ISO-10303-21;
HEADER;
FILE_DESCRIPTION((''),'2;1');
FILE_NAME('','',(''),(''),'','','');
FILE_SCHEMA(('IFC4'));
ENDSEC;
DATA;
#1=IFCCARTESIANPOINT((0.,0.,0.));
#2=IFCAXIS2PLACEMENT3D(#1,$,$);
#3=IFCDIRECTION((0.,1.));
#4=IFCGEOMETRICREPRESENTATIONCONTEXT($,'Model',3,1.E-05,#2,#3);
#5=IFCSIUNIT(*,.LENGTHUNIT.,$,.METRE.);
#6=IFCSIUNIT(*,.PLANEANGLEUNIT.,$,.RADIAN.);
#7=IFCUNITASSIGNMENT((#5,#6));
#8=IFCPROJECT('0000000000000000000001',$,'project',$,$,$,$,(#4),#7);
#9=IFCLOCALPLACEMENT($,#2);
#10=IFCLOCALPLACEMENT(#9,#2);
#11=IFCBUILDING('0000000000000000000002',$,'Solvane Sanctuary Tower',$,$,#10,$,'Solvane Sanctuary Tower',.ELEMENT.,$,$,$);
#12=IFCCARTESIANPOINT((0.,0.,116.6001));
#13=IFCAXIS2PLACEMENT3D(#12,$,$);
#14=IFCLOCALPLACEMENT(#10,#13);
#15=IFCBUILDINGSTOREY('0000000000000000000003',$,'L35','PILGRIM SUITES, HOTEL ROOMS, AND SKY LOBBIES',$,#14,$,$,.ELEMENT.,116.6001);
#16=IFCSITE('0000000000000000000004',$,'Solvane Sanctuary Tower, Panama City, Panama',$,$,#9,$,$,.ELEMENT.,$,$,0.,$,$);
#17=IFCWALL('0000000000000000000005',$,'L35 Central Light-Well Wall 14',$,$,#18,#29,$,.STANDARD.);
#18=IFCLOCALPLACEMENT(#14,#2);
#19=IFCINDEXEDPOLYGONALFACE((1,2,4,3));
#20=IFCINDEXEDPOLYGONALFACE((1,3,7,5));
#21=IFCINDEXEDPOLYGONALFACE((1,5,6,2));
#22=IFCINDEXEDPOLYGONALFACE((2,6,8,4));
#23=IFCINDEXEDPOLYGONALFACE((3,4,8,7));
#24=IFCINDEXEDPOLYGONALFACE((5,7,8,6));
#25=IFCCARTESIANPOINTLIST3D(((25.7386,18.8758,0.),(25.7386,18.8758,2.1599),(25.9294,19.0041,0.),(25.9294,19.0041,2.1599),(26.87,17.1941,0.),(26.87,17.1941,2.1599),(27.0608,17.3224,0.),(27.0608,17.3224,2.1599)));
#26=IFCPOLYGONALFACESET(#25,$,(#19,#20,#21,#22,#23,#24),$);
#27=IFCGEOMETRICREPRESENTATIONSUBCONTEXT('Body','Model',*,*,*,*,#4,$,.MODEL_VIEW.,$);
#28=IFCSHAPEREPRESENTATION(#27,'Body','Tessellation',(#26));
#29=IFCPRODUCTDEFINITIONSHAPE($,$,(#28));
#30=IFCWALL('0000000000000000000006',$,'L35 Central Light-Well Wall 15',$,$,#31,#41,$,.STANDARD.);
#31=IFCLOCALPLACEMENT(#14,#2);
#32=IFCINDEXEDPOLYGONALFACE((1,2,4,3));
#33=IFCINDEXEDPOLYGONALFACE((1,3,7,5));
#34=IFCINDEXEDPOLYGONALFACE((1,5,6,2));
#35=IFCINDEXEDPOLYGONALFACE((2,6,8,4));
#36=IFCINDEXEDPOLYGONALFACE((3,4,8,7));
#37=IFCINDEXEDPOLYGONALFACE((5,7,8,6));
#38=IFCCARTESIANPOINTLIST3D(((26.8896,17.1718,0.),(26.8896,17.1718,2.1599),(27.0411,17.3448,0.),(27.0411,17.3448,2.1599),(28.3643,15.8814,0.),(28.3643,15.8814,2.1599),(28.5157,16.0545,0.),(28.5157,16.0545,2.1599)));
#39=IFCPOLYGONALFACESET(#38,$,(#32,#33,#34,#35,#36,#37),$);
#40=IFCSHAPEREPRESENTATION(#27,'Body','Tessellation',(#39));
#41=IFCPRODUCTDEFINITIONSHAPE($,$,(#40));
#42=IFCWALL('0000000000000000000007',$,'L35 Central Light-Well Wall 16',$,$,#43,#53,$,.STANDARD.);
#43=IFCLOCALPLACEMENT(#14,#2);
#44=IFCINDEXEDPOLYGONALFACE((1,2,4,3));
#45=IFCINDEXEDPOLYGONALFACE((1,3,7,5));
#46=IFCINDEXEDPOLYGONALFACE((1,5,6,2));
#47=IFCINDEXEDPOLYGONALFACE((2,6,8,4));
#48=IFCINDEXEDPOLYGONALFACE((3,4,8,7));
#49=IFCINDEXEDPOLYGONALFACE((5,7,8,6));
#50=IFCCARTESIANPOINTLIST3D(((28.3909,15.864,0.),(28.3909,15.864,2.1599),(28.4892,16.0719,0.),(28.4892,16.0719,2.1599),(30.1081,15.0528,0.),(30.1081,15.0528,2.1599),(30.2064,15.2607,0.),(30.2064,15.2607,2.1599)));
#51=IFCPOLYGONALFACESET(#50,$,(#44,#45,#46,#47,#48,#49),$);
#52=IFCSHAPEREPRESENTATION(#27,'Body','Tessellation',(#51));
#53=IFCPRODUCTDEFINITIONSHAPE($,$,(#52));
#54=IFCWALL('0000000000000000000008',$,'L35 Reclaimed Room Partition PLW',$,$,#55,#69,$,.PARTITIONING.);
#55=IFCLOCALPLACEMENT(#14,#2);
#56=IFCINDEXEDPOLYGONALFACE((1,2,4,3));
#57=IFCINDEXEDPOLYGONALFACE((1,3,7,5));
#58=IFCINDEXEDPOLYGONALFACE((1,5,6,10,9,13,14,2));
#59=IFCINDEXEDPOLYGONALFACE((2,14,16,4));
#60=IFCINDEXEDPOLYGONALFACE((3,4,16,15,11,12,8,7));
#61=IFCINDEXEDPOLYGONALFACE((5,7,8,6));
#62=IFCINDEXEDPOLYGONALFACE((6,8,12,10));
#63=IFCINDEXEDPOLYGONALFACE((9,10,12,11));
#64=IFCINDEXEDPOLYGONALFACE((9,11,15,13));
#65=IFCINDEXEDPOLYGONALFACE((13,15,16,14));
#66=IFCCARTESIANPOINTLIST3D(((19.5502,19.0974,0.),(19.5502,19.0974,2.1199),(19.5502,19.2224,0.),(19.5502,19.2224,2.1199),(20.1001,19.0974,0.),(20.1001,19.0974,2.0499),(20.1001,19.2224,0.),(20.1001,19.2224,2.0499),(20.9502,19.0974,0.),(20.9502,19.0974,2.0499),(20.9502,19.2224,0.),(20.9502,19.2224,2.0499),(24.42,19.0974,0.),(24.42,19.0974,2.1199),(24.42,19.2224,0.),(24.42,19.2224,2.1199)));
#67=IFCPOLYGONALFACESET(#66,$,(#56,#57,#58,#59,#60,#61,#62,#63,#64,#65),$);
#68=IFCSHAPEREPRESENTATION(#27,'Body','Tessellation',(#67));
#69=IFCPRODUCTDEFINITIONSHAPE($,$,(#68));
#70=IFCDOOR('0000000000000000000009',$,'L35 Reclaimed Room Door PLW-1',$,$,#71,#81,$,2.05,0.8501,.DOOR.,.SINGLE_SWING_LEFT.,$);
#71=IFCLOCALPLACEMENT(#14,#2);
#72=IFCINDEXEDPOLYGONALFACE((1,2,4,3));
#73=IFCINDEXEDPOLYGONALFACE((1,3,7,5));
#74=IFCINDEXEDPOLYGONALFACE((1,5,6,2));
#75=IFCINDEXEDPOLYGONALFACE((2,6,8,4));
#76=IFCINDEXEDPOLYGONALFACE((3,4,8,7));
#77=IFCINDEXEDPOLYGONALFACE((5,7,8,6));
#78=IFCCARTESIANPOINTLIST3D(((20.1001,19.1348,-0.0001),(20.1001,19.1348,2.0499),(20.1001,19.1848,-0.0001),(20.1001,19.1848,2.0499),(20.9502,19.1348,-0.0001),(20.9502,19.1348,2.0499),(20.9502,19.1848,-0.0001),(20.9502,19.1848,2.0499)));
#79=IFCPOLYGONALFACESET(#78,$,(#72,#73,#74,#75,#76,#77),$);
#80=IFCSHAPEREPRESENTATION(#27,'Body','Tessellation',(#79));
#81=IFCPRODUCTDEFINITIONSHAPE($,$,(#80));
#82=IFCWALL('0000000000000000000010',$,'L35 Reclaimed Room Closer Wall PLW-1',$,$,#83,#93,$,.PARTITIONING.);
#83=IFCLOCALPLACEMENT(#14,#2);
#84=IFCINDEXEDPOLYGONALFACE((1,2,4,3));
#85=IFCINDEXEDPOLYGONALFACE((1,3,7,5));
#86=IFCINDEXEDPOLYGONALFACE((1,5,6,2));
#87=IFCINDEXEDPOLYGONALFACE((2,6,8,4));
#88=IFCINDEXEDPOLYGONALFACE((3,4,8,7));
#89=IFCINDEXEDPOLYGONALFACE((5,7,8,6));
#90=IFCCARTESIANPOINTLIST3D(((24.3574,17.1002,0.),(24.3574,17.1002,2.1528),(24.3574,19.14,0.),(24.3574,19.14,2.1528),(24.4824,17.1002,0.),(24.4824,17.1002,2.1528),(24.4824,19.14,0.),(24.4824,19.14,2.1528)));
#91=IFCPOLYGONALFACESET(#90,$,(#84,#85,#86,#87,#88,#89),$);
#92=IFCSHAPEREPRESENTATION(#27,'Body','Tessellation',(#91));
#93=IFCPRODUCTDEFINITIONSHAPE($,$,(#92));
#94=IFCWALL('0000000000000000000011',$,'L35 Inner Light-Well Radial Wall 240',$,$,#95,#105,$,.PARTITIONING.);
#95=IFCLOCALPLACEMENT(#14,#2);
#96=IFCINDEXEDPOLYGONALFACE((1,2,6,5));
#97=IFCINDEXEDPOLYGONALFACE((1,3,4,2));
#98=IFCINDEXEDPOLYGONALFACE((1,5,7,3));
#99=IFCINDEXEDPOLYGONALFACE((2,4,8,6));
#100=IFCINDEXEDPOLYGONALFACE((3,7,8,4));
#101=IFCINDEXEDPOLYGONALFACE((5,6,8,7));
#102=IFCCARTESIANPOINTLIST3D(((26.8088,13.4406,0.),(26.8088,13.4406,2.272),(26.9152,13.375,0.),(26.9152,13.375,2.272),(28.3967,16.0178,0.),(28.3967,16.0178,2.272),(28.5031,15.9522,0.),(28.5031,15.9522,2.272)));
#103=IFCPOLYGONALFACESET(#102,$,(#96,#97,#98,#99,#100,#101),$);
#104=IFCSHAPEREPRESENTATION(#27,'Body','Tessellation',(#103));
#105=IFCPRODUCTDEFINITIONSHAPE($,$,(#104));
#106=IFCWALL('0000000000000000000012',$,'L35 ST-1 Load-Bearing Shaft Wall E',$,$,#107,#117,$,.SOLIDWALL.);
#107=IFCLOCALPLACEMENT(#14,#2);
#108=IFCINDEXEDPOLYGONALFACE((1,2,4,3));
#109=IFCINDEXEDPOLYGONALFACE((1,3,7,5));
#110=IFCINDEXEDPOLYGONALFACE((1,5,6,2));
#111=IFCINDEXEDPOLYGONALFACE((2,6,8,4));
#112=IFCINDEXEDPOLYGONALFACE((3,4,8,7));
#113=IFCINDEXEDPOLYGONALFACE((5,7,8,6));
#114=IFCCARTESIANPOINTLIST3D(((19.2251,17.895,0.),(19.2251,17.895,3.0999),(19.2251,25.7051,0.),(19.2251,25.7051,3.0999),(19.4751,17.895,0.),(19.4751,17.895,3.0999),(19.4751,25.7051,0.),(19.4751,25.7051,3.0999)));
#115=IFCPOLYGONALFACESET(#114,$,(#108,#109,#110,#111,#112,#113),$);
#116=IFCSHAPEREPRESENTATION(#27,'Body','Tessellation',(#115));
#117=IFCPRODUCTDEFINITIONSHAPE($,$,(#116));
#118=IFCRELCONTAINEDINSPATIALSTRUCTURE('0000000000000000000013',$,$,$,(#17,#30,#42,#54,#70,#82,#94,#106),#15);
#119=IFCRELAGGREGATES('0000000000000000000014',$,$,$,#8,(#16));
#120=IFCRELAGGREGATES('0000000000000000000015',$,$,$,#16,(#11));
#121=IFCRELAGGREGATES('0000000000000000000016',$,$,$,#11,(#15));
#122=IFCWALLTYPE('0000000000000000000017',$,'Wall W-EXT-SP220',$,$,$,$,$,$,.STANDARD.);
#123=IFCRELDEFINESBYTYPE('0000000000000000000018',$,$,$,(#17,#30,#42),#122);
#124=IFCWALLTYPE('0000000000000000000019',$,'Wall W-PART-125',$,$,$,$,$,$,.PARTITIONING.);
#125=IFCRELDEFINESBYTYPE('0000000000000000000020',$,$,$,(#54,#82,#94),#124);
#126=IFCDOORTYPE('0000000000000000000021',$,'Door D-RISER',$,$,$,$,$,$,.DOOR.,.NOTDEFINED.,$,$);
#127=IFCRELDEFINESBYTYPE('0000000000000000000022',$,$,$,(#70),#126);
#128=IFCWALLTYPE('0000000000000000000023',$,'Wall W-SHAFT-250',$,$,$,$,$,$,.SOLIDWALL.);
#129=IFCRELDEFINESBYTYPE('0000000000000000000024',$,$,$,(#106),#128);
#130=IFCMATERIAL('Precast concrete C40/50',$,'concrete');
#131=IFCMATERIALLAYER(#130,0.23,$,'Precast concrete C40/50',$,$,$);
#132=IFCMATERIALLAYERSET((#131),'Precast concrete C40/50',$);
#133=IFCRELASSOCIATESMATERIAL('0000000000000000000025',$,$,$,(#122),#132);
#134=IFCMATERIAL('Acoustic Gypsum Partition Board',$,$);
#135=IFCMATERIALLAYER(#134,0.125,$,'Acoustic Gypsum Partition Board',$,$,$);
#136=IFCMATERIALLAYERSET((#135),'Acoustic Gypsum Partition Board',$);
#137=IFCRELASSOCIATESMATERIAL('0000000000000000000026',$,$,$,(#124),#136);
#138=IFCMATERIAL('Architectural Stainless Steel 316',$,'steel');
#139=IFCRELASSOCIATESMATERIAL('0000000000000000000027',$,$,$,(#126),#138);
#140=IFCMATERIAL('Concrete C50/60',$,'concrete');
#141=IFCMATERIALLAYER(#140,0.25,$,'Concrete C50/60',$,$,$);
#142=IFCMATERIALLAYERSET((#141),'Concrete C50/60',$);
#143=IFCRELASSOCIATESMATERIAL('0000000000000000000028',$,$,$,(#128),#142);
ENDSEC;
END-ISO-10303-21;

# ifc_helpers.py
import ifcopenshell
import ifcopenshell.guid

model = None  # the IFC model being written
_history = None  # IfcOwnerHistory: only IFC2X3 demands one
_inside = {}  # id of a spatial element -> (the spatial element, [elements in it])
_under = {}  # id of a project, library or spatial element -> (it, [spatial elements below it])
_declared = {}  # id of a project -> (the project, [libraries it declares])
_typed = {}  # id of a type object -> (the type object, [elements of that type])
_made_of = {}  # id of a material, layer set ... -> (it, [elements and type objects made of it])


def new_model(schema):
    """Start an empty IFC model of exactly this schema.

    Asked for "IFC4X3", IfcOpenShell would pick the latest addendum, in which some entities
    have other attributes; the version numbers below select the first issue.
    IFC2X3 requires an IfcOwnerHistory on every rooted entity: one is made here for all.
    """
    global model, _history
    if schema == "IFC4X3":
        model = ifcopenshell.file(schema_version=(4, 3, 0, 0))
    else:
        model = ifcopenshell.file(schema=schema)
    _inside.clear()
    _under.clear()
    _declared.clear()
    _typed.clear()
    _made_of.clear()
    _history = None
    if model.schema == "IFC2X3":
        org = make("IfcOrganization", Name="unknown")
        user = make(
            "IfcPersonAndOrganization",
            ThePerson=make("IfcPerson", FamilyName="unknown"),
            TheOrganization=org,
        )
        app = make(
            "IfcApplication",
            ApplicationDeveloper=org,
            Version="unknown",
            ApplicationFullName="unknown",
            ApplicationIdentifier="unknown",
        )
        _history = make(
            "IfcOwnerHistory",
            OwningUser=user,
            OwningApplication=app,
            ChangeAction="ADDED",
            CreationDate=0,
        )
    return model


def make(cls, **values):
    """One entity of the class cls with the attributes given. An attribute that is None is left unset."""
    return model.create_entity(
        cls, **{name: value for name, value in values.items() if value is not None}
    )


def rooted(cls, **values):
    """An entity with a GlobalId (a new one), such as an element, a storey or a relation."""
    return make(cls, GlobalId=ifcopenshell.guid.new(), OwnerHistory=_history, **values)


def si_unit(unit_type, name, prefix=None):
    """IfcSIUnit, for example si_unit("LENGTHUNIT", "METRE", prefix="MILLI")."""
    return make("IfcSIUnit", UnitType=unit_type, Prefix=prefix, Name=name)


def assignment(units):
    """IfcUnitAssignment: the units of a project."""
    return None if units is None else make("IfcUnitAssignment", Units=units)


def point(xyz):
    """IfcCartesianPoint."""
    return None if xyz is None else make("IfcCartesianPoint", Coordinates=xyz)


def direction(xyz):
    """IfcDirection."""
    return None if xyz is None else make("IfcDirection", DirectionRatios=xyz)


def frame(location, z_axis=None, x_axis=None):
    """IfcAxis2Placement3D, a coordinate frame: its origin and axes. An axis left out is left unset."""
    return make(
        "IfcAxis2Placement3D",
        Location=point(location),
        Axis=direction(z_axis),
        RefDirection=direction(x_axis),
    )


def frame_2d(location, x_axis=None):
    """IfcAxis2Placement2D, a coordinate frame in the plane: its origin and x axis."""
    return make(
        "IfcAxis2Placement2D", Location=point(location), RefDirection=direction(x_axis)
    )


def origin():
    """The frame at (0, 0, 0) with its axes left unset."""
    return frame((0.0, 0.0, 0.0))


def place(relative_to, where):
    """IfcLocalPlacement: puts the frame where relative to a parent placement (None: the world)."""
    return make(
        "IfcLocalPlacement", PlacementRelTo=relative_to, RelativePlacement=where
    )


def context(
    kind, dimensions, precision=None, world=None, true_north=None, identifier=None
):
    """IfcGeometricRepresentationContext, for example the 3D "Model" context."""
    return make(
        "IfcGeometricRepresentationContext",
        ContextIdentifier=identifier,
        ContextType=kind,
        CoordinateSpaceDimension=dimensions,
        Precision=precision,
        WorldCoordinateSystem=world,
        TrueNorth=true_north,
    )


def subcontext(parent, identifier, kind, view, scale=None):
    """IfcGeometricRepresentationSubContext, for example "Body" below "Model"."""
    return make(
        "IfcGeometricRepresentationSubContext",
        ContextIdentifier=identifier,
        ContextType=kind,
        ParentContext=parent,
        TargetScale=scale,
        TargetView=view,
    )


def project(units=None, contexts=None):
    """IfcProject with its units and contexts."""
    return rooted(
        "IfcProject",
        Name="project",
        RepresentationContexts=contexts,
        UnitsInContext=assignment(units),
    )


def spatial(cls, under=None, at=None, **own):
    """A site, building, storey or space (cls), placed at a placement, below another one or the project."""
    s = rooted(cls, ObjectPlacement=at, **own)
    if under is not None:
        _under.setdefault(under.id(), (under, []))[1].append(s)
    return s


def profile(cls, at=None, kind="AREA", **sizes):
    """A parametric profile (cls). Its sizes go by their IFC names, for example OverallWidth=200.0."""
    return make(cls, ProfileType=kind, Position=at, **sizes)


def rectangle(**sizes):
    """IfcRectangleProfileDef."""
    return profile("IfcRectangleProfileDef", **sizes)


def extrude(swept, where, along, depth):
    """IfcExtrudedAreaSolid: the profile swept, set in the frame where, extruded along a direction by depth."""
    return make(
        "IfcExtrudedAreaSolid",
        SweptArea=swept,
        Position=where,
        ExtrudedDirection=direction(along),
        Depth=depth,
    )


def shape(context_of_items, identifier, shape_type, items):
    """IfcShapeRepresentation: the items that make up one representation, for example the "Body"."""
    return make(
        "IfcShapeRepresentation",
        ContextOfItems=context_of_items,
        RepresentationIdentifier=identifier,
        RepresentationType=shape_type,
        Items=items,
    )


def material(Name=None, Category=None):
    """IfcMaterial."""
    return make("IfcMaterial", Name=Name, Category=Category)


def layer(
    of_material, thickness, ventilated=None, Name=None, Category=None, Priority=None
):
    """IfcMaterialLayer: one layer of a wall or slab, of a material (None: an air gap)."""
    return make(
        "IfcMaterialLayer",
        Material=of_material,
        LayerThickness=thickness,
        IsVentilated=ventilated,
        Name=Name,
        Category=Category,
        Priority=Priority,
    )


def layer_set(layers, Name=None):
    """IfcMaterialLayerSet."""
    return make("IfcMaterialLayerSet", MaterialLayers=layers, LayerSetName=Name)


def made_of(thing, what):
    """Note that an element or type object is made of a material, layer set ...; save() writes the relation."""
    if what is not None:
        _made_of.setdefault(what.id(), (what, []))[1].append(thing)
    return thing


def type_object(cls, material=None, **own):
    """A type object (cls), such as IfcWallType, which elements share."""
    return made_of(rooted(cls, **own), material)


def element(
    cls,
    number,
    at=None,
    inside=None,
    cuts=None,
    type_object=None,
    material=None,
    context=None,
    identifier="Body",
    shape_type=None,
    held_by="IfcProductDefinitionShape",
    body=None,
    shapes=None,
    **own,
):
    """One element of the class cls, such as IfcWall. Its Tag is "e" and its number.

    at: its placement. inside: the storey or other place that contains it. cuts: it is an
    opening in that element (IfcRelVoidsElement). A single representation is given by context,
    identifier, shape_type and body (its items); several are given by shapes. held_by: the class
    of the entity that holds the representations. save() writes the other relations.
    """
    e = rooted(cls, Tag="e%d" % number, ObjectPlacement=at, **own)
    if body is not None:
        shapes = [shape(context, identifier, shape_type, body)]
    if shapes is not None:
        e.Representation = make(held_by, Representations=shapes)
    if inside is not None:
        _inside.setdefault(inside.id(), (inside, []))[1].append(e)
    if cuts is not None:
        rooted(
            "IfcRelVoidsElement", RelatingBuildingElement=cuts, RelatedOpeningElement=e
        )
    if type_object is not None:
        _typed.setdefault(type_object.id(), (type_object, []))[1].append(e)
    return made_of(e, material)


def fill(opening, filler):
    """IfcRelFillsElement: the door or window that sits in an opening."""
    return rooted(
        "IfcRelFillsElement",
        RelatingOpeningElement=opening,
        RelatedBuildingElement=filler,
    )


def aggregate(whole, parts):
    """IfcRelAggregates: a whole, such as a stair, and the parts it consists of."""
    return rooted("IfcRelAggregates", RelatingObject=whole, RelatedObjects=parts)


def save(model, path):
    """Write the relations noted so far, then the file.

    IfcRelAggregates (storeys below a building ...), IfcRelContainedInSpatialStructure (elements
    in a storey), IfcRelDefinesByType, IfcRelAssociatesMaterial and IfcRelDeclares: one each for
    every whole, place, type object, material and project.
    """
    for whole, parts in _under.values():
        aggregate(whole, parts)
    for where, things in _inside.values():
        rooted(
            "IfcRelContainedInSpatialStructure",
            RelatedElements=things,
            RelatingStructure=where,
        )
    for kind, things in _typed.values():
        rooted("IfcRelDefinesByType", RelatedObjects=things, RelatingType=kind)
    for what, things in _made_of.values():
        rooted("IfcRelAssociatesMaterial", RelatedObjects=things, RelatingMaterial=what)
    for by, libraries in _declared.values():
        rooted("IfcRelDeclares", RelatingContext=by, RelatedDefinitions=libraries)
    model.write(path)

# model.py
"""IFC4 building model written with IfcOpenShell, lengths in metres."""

from ifc_helpers import new_model, si_unit, direction, frame, frame_2d, origin, place, context, subcontext, project, spatial, rectangle, extrude, material, layer, layer_set, type_object, element, fill, save


model = new_model("IFC4")

# Units and contexts
model_context = context("Model", 3, precision=1e-05, world=origin(), true_north=direction((0.0, 1.0)))
body_context = subcontext(model_context, "Body", "Model", "MODEL_VIEW")
ifc_project = project(units=[si_unit("LENGTHUNIT", "METRE"), si_unit("PLANEANGLEUNIT", "RADIAN")], contexts=[model_context])

# Site, building, storey
site_placement = place(None, origin())
site = spatial("IfcSite", under=ifc_project, at=site_placement, Name="Solvane Sanctuary Tower, Panama City, Panama", CompositionType="ELEMENT", RefElevation=0.0)
building_placement = place(site_placement, origin())
building = spatial("IfcBuilding", under=site, at=building_placement, Name="Solvane Sanctuary Tower", LongName="Solvane Sanctuary Tower", CompositionType="ELEMENT")
storey_placement = place(building_placement, frame((0.0, 0.0, 116.6001)))
storey = spatial("IfcBuildingStorey", under=building, at=storey_placement, Name="L35", Description="PILGRIM SUITES, HOTEL ROOMS, AND SKY LOBBIES", CompositionType="ELEMENT", Elevation=116.6001)

# Shared definitions
ifc_material_1 = material(Name="Precast concrete C40/50", Category="concrete")
ifc_layer_1 = layer(ifc_material_1, 0.23, Name="Precast concrete C40/50")
ifc_layer_set_1 = layer_set([ifc_layer_1], Name="Precast concrete C40/50")
wall_type_1 = type_object("IfcWallType", Name="Wall W-EXT-SP220", PredefinedType="STANDARD", material=ifc_layer_set_1)

# Walls
wall_1_placement = place(storey_placement, frame((25.834, 18.9399, 0.0), z_axis=(0.0, 0.0, 1.0), x_axis=(0.558198, -0.829708, 0.0)))
element("IfcWall", 1, at=wall_1_placement, inside=storey, type_object=wall_type_1, Name="L35 Central Light-Well Wall 14", PredefinedType="STANDARD", context=body_context, shape_type="SweptSolid", body=[
    extrude(rectangle(XDim=2.0269, YDim=0.23, at=frame_2d((1.0134, 0.0))), origin(), (0.0, 0.0, 1.0), 2.1599),
])
wall_2_placement = place(storey_placement, frame((26.9653, 17.2583, 0.0), z_axis=(0.0, 0.0, 1.0), x_axis=(0.752577, -0.658505, 0.0)))
element("IfcWall", 2, at=wall_2_placement, inside=storey, type_object=wall_type_1, Name="L35 Central Light-Well Wall 15", PredefinedType="STANDARD", context=body_context, shape_type="SweptSolid", body=[
    extrude(rectangle(XDim=1.9595, YDim=0.23, at=frame_2d((0.9797, 0.0))), origin(), (0.0, 0.0, 1.0), 2.1599),
])
wall_3_placement = place(storey_placement, frame((28.4399, 15.968, 0.0), z_axis=(0.0, 0.0, 1.0), x_axis=(0.90418, -0.427152, 0.0)))
element("IfcWall", 3, at=wall_3_placement, inside=storey, type_object=wall_type_1, Name="L35 Central Light-Well Wall 16", PredefinedType="STANDARD", context=body_context, shape_type="SweptSolid", body=[
    extrude(rectangle(XDim=1.8992, YDim=0.23, at=frame_2d((0.9497, 0.0))), origin(), (0.0, 0.0, 1.0), 2.1599),
])

# Wall, opening, door
ifc_material_2 = material(Name="Acoustic Gypsum Partition Board")
ifc_layer_2 = layer(ifc_material_2, 0.125, Name="Acoustic Gypsum Partition Board")
ifc_layer_set_2 = layer_set([ifc_layer_2], Name="Acoustic Gypsum Partition Board")
wall_type_2 = type_object("IfcWallType", Name="Wall W-PART-125", PredefinedType="PARTITIONING", material=ifc_layer_set_2)
wall_4_placement = place(storey_placement, frame((19.55, 19.1599, 0.0), z_axis=(0.0, 0.0, 1.0), x_axis=(1.0, 0.0, 0.0)))
wall_4 = element("IfcWall", 4, at=wall_4_placement, inside=storey, type_object=wall_type_2, Name="L35 Reclaimed Room Partition PLW", PredefinedType="PARTITIONING", context=body_context, shape_type="SweptSolid", body=[
    extrude(rectangle(XDim=4.8699, YDim=0.125, at=frame_2d((2.4351, 0.0))), origin(), (0.0, 0.0, 1.0), 2.1199),
])
opening_1_placement = place(wall_4_placement, frame((0.55, 0.0, 0.0)))
opening_1 = element("IfcOpeningElement", 5, at=opening_1_placement, cuts=wall_4, PredefinedType="OPENING", context=body_context, shape_type="SweptSolid", body=[
    extrude(rectangle(XDim=0.8501, YDim=2.05, at=frame_2d((0.425, 1.0249))), frame((0.0, 0.0725, 0.0), z_axis=(0.0, -1.0, 0.0), x_axis=(1.0, 0.0, 0.0)), (0.0, 0.0, 1.0), 0.145),
])
ifc_material_3 = material(Name="Architectural Stainless Steel 316", Category="steel")
door_type = type_object("IfcDoorType", Name="Door D-RISER", OperationType="NOTDEFINED", PredefinedType="DOOR", material=ifc_material_3)
door_placement = place(opening_1_placement, origin())
door = element("IfcDoor", 6, at=door_placement, inside=storey, type_object=door_type, Name="L35 Reclaimed Room Door PLW-1", OperationType="SINGLE_SWING_LEFT", OverallHeight=2.05, OverallWidth=0.8501, PredefinedType="DOOR", context=body_context, shape_type="SweptSolid", body=[
    extrude(rectangle(XDim=0.8501, YDim=2.05, at=frame_2d((0.425, 1.0249))), frame((0.0, 0.0249, 0.0), z_axis=(0.0, -1.0, 0.0), x_axis=(1.0, 0.0, 0.0)), (0.0, 0.0, 1.0), 0.05),
])
fill(opening_1, door)

# Walls
wall_5_placement = place(storey_placement, frame((24.4199, 17.1001, 0.0), z_axis=(0.0, 0.0, 1.0), x_axis=(0.0, 1.0, 0.0)))
element("IfcWall", 7, at=wall_5_placement, inside=storey, type_object=wall_type_2, Name="L35 Reclaimed Room Closer Wall PLW-1", PredefinedType="PARTITIONING", context=body_context, shape_type="SweptSolid", body=[
    extrude(rectangle(XDim=2.0398, YDim=0.125, at=frame_2d((1.02, 0.0))), origin(), (0.0, 0.0, 1.0), 2.1528),
])
wall_6_placement = place(storey_placement, frame((28.45, 15.9851, 0.0), z_axis=(0.0, 0.0, 1.0), x_axis=(-0.524565, -0.85137, 0.0)))
element("IfcWall", 8, at=wall_6_placement, inside=storey, type_object=wall_type_2, Name="L35 Inner Light-Well Radial Wall 240", PredefinedType="PARTITIONING", context=body_context, shape_type="SweptSolid", body=[
    extrude(rectangle(XDim=3.0271, YDim=0.125, at=frame_2d((1.5137, 0.0))), origin(), (0.0, 0.0, 1.0), 2.272),
])
ifc_material_4 = material(Name="Concrete C50/60", Category="concrete")
ifc_layer_3 = layer(ifc_material_4, 0.25, Name="Concrete C50/60")
ifc_layer_set_3 = layer_set([ifc_layer_3], Name="Concrete C50/60")
wall_type_3 = type_object("IfcWallType", Name="Wall W-SHAFT-250", PredefinedType="SOLIDWALL", material=ifc_layer_set_3)
wall_7_placement = place(storey_placement, frame((19.3501, 17.895, 0.0), z_axis=(0.0, 0.0, 1.0), x_axis=(0.0, 1.0, 0.0)))
element("IfcWall", 9, at=wall_7_placement, inside=storey, type_object=wall_type_3, Name="L35 ST-1 Load-Bearing Shaft Wall E", PredefinedType="SOLIDWALL", context=body_context, shape_type="SweptSolid", body=[
    extrude(rectangle(XDim=7.8101, YDim=0.25, at=frame_2d((3.905, 0.0))), origin(), (0.0, 0.0, 1.0), 3.0999),
])

save(model, "model.ifc")
